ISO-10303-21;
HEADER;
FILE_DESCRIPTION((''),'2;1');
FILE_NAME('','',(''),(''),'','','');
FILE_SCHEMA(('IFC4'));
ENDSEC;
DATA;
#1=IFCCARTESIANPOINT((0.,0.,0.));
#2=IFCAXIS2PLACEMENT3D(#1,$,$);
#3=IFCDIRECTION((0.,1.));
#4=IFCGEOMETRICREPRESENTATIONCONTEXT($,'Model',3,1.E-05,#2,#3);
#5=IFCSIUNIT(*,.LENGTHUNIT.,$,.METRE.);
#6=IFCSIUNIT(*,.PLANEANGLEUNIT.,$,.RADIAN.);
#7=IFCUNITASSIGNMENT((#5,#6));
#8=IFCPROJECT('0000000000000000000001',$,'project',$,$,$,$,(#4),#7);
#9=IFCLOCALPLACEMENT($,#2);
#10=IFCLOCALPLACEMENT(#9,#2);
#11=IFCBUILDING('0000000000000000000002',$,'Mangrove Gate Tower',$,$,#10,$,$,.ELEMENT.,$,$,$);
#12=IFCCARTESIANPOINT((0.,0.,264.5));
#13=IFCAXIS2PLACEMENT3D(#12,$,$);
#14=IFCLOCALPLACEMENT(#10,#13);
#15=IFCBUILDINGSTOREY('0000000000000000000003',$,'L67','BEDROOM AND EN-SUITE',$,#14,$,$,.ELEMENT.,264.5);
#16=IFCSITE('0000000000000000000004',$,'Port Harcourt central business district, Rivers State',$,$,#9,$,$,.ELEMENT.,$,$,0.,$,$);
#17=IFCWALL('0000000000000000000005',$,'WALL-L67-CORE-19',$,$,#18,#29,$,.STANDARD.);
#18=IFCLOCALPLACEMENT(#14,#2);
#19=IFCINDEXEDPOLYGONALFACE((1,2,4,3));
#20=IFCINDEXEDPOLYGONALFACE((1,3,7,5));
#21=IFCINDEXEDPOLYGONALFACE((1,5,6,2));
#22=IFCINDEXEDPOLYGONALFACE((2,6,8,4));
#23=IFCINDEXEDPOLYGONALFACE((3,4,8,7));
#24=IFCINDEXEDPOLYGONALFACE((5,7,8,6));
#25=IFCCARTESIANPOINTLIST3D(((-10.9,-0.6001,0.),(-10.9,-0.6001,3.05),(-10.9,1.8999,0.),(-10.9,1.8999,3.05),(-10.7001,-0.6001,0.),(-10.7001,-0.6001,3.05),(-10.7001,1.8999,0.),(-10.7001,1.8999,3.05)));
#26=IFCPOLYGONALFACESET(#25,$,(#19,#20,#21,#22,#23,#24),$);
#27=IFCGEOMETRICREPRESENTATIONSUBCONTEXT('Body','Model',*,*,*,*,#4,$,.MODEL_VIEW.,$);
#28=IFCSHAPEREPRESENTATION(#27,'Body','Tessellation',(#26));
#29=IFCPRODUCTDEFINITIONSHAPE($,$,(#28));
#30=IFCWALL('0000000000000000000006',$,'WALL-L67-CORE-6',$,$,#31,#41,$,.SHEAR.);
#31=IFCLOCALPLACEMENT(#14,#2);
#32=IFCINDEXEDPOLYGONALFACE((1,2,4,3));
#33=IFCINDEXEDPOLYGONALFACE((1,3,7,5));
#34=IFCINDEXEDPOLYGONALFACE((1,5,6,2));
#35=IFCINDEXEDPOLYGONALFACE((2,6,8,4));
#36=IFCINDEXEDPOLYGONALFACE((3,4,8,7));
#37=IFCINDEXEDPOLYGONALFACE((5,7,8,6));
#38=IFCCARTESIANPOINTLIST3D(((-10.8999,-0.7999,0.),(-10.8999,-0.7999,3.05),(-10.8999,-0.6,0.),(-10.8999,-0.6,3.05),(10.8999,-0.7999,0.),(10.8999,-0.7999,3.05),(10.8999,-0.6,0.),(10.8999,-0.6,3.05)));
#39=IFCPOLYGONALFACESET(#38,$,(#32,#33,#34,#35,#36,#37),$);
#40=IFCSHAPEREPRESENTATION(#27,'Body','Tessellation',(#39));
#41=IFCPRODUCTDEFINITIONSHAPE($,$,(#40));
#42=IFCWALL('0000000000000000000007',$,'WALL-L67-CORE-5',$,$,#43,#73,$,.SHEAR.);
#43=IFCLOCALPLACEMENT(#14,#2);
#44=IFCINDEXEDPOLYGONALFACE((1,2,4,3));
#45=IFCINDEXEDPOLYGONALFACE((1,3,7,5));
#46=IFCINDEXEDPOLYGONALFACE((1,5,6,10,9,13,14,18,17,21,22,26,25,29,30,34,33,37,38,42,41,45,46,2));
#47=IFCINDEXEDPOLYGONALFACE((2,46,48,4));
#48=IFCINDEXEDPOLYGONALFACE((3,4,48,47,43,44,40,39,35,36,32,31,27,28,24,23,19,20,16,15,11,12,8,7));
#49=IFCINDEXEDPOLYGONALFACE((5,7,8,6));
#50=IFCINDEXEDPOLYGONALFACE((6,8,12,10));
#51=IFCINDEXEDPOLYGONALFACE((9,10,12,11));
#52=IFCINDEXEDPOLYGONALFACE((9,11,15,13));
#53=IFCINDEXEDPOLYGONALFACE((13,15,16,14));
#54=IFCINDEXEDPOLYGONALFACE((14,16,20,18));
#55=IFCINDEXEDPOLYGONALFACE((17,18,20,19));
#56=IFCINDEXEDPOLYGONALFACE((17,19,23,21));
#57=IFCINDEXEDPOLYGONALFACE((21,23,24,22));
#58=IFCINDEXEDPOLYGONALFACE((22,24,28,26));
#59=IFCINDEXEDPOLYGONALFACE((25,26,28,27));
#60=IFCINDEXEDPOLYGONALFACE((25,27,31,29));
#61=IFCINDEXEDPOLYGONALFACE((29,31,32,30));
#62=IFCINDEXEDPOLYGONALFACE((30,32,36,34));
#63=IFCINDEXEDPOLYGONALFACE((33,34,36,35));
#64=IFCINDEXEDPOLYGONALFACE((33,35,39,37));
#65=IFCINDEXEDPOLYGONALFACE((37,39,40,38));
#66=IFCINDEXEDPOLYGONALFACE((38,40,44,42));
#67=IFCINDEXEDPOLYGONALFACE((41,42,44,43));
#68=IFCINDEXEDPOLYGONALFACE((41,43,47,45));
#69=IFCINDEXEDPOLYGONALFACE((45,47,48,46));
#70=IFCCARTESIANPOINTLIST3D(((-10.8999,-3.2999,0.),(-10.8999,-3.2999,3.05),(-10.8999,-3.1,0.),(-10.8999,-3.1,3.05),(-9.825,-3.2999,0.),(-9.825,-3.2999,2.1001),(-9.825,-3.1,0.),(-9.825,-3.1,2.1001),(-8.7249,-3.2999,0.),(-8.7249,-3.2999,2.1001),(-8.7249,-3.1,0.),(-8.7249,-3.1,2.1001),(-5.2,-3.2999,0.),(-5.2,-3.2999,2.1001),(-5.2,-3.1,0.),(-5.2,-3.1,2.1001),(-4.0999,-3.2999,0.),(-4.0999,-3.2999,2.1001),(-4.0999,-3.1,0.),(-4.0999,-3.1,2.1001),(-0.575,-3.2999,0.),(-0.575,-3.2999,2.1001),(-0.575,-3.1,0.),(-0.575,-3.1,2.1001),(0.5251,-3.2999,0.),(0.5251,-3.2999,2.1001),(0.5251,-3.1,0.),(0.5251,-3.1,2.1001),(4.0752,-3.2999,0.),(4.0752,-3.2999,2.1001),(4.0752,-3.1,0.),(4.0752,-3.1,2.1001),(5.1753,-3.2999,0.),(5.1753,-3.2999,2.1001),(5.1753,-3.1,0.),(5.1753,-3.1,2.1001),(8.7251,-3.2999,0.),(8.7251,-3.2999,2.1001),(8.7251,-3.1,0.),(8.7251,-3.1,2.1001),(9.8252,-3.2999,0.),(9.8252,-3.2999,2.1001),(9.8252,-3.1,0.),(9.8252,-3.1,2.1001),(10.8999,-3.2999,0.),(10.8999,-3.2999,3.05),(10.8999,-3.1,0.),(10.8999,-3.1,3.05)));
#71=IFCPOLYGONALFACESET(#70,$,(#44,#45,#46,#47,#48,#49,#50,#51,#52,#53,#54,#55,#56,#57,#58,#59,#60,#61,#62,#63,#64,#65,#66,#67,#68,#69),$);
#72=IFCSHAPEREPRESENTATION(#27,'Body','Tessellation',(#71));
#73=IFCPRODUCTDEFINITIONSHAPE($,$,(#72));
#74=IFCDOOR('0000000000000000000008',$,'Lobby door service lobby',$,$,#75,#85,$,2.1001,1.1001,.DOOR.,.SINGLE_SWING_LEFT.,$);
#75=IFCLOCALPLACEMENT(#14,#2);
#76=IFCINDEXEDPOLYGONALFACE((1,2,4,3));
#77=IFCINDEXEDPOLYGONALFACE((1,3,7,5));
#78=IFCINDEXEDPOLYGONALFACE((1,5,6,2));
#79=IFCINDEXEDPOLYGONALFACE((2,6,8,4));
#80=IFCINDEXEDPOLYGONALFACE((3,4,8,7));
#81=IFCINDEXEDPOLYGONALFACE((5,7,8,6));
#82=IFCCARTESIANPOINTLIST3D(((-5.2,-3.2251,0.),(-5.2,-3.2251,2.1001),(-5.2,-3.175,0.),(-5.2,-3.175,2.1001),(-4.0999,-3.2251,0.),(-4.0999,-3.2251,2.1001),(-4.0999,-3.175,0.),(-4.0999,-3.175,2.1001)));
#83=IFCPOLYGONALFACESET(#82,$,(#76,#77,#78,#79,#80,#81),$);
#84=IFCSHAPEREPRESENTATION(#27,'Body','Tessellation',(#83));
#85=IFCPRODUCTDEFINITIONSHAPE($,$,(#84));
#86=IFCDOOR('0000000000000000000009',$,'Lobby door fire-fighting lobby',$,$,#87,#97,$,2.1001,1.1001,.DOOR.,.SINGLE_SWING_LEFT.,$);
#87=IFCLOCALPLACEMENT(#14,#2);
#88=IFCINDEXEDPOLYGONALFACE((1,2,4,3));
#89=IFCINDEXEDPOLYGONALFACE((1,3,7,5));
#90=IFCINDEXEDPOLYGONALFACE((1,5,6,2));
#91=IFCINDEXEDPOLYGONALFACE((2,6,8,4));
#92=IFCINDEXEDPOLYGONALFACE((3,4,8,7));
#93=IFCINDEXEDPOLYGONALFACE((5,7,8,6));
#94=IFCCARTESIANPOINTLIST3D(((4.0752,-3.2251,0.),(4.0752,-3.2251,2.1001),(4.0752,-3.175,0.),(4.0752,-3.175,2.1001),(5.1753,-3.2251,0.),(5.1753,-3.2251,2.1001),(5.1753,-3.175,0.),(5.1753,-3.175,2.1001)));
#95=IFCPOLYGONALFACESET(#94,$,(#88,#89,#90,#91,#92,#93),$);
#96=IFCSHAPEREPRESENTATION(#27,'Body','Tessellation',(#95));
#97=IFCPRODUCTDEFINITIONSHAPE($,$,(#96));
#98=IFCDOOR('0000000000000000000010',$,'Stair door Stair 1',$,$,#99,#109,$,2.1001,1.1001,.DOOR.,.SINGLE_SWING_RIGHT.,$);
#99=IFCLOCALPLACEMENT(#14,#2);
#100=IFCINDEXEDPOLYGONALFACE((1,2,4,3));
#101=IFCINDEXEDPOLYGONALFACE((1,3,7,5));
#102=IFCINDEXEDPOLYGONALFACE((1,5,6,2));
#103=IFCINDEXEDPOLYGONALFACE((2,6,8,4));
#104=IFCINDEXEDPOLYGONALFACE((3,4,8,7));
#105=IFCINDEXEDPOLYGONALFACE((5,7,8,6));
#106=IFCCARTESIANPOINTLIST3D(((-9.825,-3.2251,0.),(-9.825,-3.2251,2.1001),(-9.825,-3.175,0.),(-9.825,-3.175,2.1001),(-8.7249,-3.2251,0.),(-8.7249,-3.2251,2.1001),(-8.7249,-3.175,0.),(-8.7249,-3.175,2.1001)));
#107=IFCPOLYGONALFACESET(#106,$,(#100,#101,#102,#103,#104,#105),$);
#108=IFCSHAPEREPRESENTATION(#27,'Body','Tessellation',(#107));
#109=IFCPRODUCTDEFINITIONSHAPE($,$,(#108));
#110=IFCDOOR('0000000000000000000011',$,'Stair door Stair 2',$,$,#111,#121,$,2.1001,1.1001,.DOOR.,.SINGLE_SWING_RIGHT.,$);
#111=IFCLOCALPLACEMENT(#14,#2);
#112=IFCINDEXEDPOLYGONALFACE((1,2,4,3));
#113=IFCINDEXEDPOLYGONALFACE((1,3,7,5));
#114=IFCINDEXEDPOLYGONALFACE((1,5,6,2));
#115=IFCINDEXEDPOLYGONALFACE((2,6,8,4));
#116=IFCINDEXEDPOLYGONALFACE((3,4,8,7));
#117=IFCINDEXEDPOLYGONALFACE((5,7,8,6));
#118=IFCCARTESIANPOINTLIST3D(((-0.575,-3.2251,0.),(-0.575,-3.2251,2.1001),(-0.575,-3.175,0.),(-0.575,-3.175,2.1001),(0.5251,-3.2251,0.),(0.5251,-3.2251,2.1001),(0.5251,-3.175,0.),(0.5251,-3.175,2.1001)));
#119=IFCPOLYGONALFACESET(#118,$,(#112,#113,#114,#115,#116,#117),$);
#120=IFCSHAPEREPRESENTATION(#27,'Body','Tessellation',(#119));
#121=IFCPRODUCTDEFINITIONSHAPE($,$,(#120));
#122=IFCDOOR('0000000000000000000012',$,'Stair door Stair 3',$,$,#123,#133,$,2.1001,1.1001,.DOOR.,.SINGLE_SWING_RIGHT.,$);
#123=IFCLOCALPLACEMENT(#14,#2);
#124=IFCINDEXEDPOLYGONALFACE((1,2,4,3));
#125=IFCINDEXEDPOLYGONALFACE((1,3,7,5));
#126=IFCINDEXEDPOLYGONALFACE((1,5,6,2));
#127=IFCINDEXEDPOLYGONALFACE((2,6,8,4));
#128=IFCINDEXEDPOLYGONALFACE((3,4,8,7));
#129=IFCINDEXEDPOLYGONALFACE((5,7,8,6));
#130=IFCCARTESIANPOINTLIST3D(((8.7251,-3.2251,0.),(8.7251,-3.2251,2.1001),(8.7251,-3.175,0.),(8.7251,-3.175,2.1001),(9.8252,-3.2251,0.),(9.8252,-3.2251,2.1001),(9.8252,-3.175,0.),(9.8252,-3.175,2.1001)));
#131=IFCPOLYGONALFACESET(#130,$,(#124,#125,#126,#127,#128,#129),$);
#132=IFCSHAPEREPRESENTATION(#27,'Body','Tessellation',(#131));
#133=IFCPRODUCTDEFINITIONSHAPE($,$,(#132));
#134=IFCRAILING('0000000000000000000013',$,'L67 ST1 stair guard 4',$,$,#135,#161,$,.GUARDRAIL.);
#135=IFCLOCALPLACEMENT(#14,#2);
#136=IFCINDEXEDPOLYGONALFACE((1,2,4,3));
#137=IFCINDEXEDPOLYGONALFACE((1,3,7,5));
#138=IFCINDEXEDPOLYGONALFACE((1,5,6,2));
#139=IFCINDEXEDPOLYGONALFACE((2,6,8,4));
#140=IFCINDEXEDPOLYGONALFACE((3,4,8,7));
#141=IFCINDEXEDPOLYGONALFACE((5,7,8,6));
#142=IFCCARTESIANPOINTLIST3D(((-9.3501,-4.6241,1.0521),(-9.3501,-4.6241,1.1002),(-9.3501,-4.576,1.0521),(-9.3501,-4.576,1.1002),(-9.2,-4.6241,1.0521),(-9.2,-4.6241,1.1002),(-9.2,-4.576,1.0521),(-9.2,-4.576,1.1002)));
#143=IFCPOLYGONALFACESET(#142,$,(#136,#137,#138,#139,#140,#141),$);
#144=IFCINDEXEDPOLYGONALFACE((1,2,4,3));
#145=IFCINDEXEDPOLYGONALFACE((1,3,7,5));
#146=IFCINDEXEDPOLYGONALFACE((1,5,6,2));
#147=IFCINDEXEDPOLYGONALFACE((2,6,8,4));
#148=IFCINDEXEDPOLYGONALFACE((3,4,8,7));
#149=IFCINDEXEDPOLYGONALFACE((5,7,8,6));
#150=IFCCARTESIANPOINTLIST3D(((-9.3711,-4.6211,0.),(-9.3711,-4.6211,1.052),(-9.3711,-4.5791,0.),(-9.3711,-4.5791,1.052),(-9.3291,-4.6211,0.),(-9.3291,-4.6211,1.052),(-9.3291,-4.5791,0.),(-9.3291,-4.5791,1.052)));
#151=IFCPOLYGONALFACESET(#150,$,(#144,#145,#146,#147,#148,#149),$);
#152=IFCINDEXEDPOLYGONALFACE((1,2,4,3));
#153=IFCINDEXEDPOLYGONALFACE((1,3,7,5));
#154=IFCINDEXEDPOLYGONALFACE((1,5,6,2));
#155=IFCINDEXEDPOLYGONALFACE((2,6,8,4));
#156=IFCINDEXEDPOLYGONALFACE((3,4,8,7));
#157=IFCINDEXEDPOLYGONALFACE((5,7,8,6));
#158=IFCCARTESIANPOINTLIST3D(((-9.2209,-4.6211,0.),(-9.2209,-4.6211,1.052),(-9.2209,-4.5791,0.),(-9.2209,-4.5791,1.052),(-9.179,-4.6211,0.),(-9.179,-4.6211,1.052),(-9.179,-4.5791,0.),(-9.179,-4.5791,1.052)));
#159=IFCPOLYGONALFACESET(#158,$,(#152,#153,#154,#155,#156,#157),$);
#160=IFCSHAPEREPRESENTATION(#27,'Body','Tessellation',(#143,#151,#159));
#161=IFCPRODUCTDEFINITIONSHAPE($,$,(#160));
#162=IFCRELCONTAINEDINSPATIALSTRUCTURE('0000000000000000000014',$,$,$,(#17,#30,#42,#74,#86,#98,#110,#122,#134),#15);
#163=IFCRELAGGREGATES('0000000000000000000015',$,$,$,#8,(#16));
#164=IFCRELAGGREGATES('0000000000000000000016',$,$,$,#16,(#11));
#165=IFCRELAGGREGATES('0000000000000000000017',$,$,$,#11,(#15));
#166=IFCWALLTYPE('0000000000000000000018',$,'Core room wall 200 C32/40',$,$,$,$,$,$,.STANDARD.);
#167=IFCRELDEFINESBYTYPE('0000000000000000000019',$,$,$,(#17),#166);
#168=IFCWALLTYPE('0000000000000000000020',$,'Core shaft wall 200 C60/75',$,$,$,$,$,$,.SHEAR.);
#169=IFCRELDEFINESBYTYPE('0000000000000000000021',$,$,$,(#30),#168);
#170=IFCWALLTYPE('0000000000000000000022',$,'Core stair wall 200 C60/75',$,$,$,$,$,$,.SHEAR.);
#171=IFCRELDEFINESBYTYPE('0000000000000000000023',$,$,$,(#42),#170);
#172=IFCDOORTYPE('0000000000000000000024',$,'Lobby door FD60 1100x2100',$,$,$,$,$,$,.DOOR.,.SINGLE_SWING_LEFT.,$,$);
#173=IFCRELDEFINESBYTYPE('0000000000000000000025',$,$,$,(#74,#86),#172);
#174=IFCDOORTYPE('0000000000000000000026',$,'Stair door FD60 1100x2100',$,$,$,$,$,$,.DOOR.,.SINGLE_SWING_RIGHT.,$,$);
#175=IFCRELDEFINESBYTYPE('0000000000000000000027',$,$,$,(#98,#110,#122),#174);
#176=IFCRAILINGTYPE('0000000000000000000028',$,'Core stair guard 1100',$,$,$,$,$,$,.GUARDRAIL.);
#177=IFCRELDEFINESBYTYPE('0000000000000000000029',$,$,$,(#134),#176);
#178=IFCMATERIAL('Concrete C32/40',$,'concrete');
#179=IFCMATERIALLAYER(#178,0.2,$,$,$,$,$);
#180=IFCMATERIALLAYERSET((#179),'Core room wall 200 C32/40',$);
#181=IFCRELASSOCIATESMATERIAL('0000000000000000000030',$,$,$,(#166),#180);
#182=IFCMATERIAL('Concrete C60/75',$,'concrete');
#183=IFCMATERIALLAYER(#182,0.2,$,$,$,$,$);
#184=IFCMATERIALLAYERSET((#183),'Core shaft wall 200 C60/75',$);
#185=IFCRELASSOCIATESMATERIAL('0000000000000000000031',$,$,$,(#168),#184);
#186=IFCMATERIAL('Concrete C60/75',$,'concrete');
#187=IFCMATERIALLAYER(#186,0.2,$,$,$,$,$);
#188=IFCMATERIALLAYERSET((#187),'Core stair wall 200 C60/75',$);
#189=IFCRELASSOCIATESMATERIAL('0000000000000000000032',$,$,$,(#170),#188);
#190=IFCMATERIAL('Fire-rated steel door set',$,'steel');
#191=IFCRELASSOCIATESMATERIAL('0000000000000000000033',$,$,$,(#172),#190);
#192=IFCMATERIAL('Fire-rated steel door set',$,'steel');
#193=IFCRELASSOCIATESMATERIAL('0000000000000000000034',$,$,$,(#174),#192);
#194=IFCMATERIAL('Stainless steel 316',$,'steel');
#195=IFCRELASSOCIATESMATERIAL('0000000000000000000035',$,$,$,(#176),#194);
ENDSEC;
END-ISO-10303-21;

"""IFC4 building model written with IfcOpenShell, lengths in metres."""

from ifc_helpers import new_model, si_unit, direction, frame, frame_2d, origin, origin_2d, place, context, subcontext, project, spatial, rectangle, extrude, material, layer, layer_set, type_object, element, fill, save


model = new_model("IFC4")

# Units and contexts
model_context = context("Model", 3, precision=1e-05, world=origin(), true_north=direction((0.0, 1.0)))
body_context = subcontext(model_context, "Body", "Model", "MODEL_VIEW")
ifc_project = project(units=[si_unit("LENGTHUNIT", "METRE"), si_unit("PLANEANGLEUNIT", "RADIAN")], contexts=[model_context])

# Site, building, storey
site_placement = place(None, origin())
site = spatial("IfcSite", under=ifc_project, at=site_placement, Name="Port Harcourt central business district, Rivers State", CompositionType="ELEMENT", RefElevation=0.0)
building_placement = place(site_placement, origin())
building = spatial("IfcBuilding", under=site, at=building_placement, Name="Mangrove Gate Tower", CompositionType="ELEMENT")
storey_placement = place(building_placement, frame((0.0, 0.0, 264.5)))
storey = spatial("IfcBuildingStorey", under=building, at=storey_placement, Name="L67", Description="BEDROOM AND EN-SUITE", CompositionType="ELEMENT", Elevation=264.5)

# Walls
ifc_material_1 = material(Name="Concrete C32/40", Category="concrete")
ifc_layer_1 = layer(ifc_material_1, 0.2)
ifc_layer_set_1 = layer_set([ifc_layer_1], Name="Core room wall 200 C32/40")
wall_type_1 = type_object("IfcWallType", Name="Core room wall 200 C32/40", PredefinedType="STANDARD", material=ifc_layer_set_1)
wall_1_placement = place(storey_placement, frame((-10.8, -0.6001, 0.0), z_axis=(0.0, 0.0, 1.0), x_axis=(0.0, 1.0, 0.0)))
element("IfcWall", 1, at=wall_1_placement, inside=storey, type_object=wall_type_1, Name="WALL-L67-CORE-19", PredefinedType="STANDARD", context=body_context, shape_type="SweptSolid", body=[
    extrude(rectangle(XDim=2.5, YDim=0.2, at=frame_2d((1.25, 0.0))), origin(), (0.0, 0.0, 1.0), 3.05),
])
ifc_material_2 = material(Name="Concrete C60/75", Category="concrete")
ifc_layer_2 = layer(ifc_material_2, 0.2)
ifc_layer_set_2 = layer_set([ifc_layer_2], Name="Core shaft wall 200 C60/75")
wall_type_2 = type_object("IfcWallType", Name="Core shaft wall 200 C60/75", PredefinedType="SHEAR", material=ifc_layer_set_2)
wall_2_placement = place(storey_placement, frame((-10.8999, -0.7, 0.0), z_axis=(0.0, 0.0, 1.0), x_axis=(1.0, 0.0, 0.0)))
element("IfcWall", 2, at=wall_2_placement, inside=storey, type_object=wall_type_2, Name="WALL-L67-CORE-6", PredefinedType="SHEAR", context=body_context, shape_type="SweptSolid", body=[
    extrude(rectangle(XDim=21.7998, YDim=0.2, at=frame_2d((10.8999, 0.0))), origin(), (0.0, 0.0, 1.0), 3.05),
])

# Wall, openings, doors
ifc_material_3 = material(Name="Concrete C60/75", Category="concrete")
ifc_layer_3 = layer(ifc_material_3, 0.2)
ifc_layer_set_3 = layer_set([ifc_layer_3], Name="Core stair wall 200 C60/75")
wall_type_3 = type_object("IfcWallType", Name="Core stair wall 200 C60/75", PredefinedType="SHEAR", material=ifc_layer_set_3)
wall_3_placement = place(storey_placement, frame((-10.8999, -3.2, 0.0), z_axis=(0.0, 0.0, 1.0), x_axis=(1.0, 0.0, 0.0)))
wall_3 = element("IfcWall", 3, at=wall_3_placement, inside=storey, type_object=wall_type_3, Name="WALL-L67-CORE-5", PredefinedType="SHEAR", context=body_context, shape_type="SweptSolid", body=[
    extrude(rectangle(XDim=21.7998, YDim=0.2, at=frame_2d((10.8999, 0.0))), origin(), (0.0, 0.0, 1.0), 3.05),
])
opening_1_placement = place(wall_3_placement, frame((1.075, 0.0, 0.0)))
opening_1 = element("IfcOpeningElement", 4, at=opening_1_placement, cuts=wall_3, PredefinedType="OPENING", context=body_context, shape_type="SweptSolid", body=[
    extrude(rectangle(XDim=1.1001, YDim=2.1001, at=frame_2d((0.55, 1.05))), frame((0.0, 0.1099, 0.0), z_axis=(0.0, -1.0, 0.0), x_axis=(1.0, 0.0, 0.0)), (0.0, 0.0, 1.0), 0.22),
])
opening_2_placement = place(wall_3_placement, frame((10.325, 0.0, 0.0)))
opening_2 = element("IfcOpeningElement", 5, at=opening_2_placement, cuts=wall_3, PredefinedType="OPENING", context=body_context, shape_type="SweptSolid", body=[
    extrude(rectangle(XDim=1.1001, YDim=2.1001, at=frame_2d((0.55, 1.05))), frame((0.0, 0.1099, 0.0), z_axis=(0.0, -1.0, 0.0), x_axis=(1.0, 0.0, 0.0)), (0.0, 0.0, 1.0), 0.22),
])
opening_3_placement = place(wall_3_placement, frame((19.625, 0.0, 0.0)))
opening_3 = element("IfcOpeningElement", 6, at=opening_3_placement, cuts=wall_3, PredefinedType="OPENING", context=body_context, shape_type="SweptSolid", body=[
    extrude(rectangle(XDim=1.1001, YDim=2.1001, at=frame_2d((0.55, 1.05))), frame((0.0, 0.1099, 0.0), z_axis=(0.0, -1.0, 0.0), x_axis=(1.0, 0.0, 0.0)), (0.0, 0.0, 1.0), 0.22),
])
opening_4_placement = place(wall_3_placement, frame((5.7, 0.0, 0.0)))
opening_4 = element("IfcOpeningElement", 7, at=opening_4_placement, cuts=wall_3, PredefinedType="OPENING", context=body_context, shape_type="SweptSolid", body=[
    extrude(rectangle(XDim=1.1001, YDim=2.1001, at=frame_2d((0.55, 1.05))), frame((0.0, 0.1099, 0.0), z_axis=(0.0, -1.0, 0.0), x_axis=(1.0, 0.0, 0.0)), (0.0, 0.0, 1.0), 0.22),
])
opening_5_placement = place(wall_3_placement, frame((14.9751, 0.0, 0.0)))
opening_5 = element("IfcOpeningElement", 8, at=opening_5_placement, cuts=wall_3, PredefinedType="OPENING", context=body_context, shape_type="SweptSolid", body=[
    extrude(rectangle(XDim=1.1001, YDim=2.1001, at=frame_2d((0.55, 1.05))), frame((0.0, 0.1099, 0.0), z_axis=(0.0, -1.0, 0.0), x_axis=(1.0, 0.0, 0.0)), (0.0, 0.0, 1.0), 0.22),
])
ifc_material_4 = material(Name="Fire-rated steel door set", Category="steel")
door_type_1 = type_object("IfcDoorType", Name="Lobby door FD60 1100x2100", OperationType="SINGLE_SWING_LEFT", PredefinedType="DOOR", material=ifc_material_4)
door_1_placement = place(opening_4_placement, origin())
door_1 = element("IfcDoor", 9, at=door_1_placement, inside=storey, type_object=door_type_1, Name="Lobby door service lobby", OperationType="SINGLE_SWING_LEFT", OverallHeight=2.1001, OverallWidth=1.1001, PredefinedType="DOOR", context=body_context, shape_type="SweptSolid", body=[
    extrude(rectangle(XDim=1.1001, YDim=2.1001, at=frame_2d((0.55, 1.05))), frame((0.0, 0.0249, 0.0), z_axis=(0.0, -1.0, 0.0), x_axis=(1.0, 0.0, 0.0)), (0.0, 0.0, 1.0), 0.05),
])
fill(opening_4, door_1)
door_2_placement = place(opening_5_placement, origin())
door_2 = element("IfcDoor", 10, at=door_2_placement, inside=storey, type_object=door_type_1, Name="Lobby door fire-fighting lobby", OperationType="SINGLE_SWING_LEFT", OverallHeight=2.1001, OverallWidth=1.1001, PredefinedType="DOOR", context=body_context, shape_type="SweptSolid", body=[
    extrude(rectangle(XDim=1.1001, YDim=2.1001, at=frame_2d((0.55, 1.05))), frame((0.0, 0.0249, 0.0), z_axis=(0.0, -1.0, 0.0), x_axis=(1.0, 0.0, 0.0)), (0.0, 0.0, 1.0), 0.05),
])
fill(opening_5, door_2)
ifc_material_5 = material(Name="Fire-rated steel door set", Category="steel")
door_type_2 = type_object("IfcDoorType", Name="Stair door FD60 1100x2100", OperationType="SINGLE_SWING_RIGHT", PredefinedType="DOOR", material=ifc_material_5)
door_3_placement = place(opening_1_placement, origin())
door_3 = element("IfcDoor", 11, at=door_3_placement, inside=storey, type_object=door_type_2, Name="Stair door Stair 1", OperationType="SINGLE_SWING_RIGHT", OverallHeight=2.1001, OverallWidth=1.1001, PredefinedType="DOOR", context=body_context, shape_type="SweptSolid", body=[
    extrude(rectangle(XDim=1.1001, YDim=2.1001, at=frame_2d((0.55, 1.05))), frame((0.0, 0.0249, 0.0), z_axis=(0.0, -1.0, 0.0), x_axis=(1.0, 0.0, 0.0)), (0.0, 0.0, 1.0), 0.05),
])
fill(opening_1, door_3)
door_4_placement = place(opening_2_placement, origin())
door_4 = element("IfcDoor", 12, at=door_4_placement, inside=storey, type_object=door_type_2, Name="Stair door Stair 2", OperationType="SINGLE_SWING_RIGHT", OverallHeight=2.1001, OverallWidth=1.1001, PredefinedType="DOOR", context=body_context, shape_type="SweptSolid", body=[
    extrude(rectangle(XDim=1.1001, YDim=2.1001, at=frame_2d((0.55, 1.05))), frame((0.0, 0.0249, 0.0), z_axis=(0.0, -1.0, 0.0), x_axis=(1.0, 0.0, 0.0)), (0.0, 0.0, 1.0), 0.05),
])
fill(opening_2, door_4)
door_5_placement = place(opening_3_placement, origin())
door_5 = element("IfcDoor", 13, at=door_5_placement, inside=storey, type_object=door_type_2, Name="Stair door Stair 3", OperationType="SINGLE_SWING_RIGHT", OverallHeight=2.1001, OverallWidth=1.1001, PredefinedType="DOOR", context=body_context, shape_type="SweptSolid", body=[
    extrude(rectangle(XDim=1.1001, YDim=2.1001, at=frame_2d((0.55, 1.05))), frame((0.0, 0.0249, 0.0), z_axis=(0.0, -1.0, 0.0), x_axis=(1.0, 0.0, 0.0)), (0.0, 0.0, 1.0), 0.05),
])
fill(opening_3, door_5)

# Railing
ifc_material_6 = material(Name="Stainless steel 316", Category="steel")
railing_type = type_object("IfcRailingType", Name="Core stair guard 1100", PredefinedType="GUARDRAIL", material=ifc_material_6)
railing_placement = place(storey_placement, frame((-9.3501, -4.6001, 0.0)))
element("IfcRailing", 14, at=railing_placement, inside=storey, type_object=railing_type, Name="L67 ST1 stair guard 4", PredefinedType="GUARDRAIL", context=body_context, shape_type="SweptSolid", body=[
    extrude(rectangle(XDim=0.0481, YDim=0.0481, at=origin_2d()), frame((0.0, 0.0, 1.0762), z_axis=(1.0, 0.0, 0.0), x_axis=(0.0, 1.0, 0.0)), (0.0, 0.0, 1.0), 0.1501),
    extrude(rectangle(XDim=0.042, YDim=0.042, at=origin_2d()), origin(), (0.0, 0.0, 1.0), 1.052),
    extrude(rectangle(XDim=0.042, YDim=0.042, at=origin_2d()), frame((0.1501, 0.0, 0.0)), (0.0, 0.0, 1.0), 1.052),
])

save(model, "model.ifc")
